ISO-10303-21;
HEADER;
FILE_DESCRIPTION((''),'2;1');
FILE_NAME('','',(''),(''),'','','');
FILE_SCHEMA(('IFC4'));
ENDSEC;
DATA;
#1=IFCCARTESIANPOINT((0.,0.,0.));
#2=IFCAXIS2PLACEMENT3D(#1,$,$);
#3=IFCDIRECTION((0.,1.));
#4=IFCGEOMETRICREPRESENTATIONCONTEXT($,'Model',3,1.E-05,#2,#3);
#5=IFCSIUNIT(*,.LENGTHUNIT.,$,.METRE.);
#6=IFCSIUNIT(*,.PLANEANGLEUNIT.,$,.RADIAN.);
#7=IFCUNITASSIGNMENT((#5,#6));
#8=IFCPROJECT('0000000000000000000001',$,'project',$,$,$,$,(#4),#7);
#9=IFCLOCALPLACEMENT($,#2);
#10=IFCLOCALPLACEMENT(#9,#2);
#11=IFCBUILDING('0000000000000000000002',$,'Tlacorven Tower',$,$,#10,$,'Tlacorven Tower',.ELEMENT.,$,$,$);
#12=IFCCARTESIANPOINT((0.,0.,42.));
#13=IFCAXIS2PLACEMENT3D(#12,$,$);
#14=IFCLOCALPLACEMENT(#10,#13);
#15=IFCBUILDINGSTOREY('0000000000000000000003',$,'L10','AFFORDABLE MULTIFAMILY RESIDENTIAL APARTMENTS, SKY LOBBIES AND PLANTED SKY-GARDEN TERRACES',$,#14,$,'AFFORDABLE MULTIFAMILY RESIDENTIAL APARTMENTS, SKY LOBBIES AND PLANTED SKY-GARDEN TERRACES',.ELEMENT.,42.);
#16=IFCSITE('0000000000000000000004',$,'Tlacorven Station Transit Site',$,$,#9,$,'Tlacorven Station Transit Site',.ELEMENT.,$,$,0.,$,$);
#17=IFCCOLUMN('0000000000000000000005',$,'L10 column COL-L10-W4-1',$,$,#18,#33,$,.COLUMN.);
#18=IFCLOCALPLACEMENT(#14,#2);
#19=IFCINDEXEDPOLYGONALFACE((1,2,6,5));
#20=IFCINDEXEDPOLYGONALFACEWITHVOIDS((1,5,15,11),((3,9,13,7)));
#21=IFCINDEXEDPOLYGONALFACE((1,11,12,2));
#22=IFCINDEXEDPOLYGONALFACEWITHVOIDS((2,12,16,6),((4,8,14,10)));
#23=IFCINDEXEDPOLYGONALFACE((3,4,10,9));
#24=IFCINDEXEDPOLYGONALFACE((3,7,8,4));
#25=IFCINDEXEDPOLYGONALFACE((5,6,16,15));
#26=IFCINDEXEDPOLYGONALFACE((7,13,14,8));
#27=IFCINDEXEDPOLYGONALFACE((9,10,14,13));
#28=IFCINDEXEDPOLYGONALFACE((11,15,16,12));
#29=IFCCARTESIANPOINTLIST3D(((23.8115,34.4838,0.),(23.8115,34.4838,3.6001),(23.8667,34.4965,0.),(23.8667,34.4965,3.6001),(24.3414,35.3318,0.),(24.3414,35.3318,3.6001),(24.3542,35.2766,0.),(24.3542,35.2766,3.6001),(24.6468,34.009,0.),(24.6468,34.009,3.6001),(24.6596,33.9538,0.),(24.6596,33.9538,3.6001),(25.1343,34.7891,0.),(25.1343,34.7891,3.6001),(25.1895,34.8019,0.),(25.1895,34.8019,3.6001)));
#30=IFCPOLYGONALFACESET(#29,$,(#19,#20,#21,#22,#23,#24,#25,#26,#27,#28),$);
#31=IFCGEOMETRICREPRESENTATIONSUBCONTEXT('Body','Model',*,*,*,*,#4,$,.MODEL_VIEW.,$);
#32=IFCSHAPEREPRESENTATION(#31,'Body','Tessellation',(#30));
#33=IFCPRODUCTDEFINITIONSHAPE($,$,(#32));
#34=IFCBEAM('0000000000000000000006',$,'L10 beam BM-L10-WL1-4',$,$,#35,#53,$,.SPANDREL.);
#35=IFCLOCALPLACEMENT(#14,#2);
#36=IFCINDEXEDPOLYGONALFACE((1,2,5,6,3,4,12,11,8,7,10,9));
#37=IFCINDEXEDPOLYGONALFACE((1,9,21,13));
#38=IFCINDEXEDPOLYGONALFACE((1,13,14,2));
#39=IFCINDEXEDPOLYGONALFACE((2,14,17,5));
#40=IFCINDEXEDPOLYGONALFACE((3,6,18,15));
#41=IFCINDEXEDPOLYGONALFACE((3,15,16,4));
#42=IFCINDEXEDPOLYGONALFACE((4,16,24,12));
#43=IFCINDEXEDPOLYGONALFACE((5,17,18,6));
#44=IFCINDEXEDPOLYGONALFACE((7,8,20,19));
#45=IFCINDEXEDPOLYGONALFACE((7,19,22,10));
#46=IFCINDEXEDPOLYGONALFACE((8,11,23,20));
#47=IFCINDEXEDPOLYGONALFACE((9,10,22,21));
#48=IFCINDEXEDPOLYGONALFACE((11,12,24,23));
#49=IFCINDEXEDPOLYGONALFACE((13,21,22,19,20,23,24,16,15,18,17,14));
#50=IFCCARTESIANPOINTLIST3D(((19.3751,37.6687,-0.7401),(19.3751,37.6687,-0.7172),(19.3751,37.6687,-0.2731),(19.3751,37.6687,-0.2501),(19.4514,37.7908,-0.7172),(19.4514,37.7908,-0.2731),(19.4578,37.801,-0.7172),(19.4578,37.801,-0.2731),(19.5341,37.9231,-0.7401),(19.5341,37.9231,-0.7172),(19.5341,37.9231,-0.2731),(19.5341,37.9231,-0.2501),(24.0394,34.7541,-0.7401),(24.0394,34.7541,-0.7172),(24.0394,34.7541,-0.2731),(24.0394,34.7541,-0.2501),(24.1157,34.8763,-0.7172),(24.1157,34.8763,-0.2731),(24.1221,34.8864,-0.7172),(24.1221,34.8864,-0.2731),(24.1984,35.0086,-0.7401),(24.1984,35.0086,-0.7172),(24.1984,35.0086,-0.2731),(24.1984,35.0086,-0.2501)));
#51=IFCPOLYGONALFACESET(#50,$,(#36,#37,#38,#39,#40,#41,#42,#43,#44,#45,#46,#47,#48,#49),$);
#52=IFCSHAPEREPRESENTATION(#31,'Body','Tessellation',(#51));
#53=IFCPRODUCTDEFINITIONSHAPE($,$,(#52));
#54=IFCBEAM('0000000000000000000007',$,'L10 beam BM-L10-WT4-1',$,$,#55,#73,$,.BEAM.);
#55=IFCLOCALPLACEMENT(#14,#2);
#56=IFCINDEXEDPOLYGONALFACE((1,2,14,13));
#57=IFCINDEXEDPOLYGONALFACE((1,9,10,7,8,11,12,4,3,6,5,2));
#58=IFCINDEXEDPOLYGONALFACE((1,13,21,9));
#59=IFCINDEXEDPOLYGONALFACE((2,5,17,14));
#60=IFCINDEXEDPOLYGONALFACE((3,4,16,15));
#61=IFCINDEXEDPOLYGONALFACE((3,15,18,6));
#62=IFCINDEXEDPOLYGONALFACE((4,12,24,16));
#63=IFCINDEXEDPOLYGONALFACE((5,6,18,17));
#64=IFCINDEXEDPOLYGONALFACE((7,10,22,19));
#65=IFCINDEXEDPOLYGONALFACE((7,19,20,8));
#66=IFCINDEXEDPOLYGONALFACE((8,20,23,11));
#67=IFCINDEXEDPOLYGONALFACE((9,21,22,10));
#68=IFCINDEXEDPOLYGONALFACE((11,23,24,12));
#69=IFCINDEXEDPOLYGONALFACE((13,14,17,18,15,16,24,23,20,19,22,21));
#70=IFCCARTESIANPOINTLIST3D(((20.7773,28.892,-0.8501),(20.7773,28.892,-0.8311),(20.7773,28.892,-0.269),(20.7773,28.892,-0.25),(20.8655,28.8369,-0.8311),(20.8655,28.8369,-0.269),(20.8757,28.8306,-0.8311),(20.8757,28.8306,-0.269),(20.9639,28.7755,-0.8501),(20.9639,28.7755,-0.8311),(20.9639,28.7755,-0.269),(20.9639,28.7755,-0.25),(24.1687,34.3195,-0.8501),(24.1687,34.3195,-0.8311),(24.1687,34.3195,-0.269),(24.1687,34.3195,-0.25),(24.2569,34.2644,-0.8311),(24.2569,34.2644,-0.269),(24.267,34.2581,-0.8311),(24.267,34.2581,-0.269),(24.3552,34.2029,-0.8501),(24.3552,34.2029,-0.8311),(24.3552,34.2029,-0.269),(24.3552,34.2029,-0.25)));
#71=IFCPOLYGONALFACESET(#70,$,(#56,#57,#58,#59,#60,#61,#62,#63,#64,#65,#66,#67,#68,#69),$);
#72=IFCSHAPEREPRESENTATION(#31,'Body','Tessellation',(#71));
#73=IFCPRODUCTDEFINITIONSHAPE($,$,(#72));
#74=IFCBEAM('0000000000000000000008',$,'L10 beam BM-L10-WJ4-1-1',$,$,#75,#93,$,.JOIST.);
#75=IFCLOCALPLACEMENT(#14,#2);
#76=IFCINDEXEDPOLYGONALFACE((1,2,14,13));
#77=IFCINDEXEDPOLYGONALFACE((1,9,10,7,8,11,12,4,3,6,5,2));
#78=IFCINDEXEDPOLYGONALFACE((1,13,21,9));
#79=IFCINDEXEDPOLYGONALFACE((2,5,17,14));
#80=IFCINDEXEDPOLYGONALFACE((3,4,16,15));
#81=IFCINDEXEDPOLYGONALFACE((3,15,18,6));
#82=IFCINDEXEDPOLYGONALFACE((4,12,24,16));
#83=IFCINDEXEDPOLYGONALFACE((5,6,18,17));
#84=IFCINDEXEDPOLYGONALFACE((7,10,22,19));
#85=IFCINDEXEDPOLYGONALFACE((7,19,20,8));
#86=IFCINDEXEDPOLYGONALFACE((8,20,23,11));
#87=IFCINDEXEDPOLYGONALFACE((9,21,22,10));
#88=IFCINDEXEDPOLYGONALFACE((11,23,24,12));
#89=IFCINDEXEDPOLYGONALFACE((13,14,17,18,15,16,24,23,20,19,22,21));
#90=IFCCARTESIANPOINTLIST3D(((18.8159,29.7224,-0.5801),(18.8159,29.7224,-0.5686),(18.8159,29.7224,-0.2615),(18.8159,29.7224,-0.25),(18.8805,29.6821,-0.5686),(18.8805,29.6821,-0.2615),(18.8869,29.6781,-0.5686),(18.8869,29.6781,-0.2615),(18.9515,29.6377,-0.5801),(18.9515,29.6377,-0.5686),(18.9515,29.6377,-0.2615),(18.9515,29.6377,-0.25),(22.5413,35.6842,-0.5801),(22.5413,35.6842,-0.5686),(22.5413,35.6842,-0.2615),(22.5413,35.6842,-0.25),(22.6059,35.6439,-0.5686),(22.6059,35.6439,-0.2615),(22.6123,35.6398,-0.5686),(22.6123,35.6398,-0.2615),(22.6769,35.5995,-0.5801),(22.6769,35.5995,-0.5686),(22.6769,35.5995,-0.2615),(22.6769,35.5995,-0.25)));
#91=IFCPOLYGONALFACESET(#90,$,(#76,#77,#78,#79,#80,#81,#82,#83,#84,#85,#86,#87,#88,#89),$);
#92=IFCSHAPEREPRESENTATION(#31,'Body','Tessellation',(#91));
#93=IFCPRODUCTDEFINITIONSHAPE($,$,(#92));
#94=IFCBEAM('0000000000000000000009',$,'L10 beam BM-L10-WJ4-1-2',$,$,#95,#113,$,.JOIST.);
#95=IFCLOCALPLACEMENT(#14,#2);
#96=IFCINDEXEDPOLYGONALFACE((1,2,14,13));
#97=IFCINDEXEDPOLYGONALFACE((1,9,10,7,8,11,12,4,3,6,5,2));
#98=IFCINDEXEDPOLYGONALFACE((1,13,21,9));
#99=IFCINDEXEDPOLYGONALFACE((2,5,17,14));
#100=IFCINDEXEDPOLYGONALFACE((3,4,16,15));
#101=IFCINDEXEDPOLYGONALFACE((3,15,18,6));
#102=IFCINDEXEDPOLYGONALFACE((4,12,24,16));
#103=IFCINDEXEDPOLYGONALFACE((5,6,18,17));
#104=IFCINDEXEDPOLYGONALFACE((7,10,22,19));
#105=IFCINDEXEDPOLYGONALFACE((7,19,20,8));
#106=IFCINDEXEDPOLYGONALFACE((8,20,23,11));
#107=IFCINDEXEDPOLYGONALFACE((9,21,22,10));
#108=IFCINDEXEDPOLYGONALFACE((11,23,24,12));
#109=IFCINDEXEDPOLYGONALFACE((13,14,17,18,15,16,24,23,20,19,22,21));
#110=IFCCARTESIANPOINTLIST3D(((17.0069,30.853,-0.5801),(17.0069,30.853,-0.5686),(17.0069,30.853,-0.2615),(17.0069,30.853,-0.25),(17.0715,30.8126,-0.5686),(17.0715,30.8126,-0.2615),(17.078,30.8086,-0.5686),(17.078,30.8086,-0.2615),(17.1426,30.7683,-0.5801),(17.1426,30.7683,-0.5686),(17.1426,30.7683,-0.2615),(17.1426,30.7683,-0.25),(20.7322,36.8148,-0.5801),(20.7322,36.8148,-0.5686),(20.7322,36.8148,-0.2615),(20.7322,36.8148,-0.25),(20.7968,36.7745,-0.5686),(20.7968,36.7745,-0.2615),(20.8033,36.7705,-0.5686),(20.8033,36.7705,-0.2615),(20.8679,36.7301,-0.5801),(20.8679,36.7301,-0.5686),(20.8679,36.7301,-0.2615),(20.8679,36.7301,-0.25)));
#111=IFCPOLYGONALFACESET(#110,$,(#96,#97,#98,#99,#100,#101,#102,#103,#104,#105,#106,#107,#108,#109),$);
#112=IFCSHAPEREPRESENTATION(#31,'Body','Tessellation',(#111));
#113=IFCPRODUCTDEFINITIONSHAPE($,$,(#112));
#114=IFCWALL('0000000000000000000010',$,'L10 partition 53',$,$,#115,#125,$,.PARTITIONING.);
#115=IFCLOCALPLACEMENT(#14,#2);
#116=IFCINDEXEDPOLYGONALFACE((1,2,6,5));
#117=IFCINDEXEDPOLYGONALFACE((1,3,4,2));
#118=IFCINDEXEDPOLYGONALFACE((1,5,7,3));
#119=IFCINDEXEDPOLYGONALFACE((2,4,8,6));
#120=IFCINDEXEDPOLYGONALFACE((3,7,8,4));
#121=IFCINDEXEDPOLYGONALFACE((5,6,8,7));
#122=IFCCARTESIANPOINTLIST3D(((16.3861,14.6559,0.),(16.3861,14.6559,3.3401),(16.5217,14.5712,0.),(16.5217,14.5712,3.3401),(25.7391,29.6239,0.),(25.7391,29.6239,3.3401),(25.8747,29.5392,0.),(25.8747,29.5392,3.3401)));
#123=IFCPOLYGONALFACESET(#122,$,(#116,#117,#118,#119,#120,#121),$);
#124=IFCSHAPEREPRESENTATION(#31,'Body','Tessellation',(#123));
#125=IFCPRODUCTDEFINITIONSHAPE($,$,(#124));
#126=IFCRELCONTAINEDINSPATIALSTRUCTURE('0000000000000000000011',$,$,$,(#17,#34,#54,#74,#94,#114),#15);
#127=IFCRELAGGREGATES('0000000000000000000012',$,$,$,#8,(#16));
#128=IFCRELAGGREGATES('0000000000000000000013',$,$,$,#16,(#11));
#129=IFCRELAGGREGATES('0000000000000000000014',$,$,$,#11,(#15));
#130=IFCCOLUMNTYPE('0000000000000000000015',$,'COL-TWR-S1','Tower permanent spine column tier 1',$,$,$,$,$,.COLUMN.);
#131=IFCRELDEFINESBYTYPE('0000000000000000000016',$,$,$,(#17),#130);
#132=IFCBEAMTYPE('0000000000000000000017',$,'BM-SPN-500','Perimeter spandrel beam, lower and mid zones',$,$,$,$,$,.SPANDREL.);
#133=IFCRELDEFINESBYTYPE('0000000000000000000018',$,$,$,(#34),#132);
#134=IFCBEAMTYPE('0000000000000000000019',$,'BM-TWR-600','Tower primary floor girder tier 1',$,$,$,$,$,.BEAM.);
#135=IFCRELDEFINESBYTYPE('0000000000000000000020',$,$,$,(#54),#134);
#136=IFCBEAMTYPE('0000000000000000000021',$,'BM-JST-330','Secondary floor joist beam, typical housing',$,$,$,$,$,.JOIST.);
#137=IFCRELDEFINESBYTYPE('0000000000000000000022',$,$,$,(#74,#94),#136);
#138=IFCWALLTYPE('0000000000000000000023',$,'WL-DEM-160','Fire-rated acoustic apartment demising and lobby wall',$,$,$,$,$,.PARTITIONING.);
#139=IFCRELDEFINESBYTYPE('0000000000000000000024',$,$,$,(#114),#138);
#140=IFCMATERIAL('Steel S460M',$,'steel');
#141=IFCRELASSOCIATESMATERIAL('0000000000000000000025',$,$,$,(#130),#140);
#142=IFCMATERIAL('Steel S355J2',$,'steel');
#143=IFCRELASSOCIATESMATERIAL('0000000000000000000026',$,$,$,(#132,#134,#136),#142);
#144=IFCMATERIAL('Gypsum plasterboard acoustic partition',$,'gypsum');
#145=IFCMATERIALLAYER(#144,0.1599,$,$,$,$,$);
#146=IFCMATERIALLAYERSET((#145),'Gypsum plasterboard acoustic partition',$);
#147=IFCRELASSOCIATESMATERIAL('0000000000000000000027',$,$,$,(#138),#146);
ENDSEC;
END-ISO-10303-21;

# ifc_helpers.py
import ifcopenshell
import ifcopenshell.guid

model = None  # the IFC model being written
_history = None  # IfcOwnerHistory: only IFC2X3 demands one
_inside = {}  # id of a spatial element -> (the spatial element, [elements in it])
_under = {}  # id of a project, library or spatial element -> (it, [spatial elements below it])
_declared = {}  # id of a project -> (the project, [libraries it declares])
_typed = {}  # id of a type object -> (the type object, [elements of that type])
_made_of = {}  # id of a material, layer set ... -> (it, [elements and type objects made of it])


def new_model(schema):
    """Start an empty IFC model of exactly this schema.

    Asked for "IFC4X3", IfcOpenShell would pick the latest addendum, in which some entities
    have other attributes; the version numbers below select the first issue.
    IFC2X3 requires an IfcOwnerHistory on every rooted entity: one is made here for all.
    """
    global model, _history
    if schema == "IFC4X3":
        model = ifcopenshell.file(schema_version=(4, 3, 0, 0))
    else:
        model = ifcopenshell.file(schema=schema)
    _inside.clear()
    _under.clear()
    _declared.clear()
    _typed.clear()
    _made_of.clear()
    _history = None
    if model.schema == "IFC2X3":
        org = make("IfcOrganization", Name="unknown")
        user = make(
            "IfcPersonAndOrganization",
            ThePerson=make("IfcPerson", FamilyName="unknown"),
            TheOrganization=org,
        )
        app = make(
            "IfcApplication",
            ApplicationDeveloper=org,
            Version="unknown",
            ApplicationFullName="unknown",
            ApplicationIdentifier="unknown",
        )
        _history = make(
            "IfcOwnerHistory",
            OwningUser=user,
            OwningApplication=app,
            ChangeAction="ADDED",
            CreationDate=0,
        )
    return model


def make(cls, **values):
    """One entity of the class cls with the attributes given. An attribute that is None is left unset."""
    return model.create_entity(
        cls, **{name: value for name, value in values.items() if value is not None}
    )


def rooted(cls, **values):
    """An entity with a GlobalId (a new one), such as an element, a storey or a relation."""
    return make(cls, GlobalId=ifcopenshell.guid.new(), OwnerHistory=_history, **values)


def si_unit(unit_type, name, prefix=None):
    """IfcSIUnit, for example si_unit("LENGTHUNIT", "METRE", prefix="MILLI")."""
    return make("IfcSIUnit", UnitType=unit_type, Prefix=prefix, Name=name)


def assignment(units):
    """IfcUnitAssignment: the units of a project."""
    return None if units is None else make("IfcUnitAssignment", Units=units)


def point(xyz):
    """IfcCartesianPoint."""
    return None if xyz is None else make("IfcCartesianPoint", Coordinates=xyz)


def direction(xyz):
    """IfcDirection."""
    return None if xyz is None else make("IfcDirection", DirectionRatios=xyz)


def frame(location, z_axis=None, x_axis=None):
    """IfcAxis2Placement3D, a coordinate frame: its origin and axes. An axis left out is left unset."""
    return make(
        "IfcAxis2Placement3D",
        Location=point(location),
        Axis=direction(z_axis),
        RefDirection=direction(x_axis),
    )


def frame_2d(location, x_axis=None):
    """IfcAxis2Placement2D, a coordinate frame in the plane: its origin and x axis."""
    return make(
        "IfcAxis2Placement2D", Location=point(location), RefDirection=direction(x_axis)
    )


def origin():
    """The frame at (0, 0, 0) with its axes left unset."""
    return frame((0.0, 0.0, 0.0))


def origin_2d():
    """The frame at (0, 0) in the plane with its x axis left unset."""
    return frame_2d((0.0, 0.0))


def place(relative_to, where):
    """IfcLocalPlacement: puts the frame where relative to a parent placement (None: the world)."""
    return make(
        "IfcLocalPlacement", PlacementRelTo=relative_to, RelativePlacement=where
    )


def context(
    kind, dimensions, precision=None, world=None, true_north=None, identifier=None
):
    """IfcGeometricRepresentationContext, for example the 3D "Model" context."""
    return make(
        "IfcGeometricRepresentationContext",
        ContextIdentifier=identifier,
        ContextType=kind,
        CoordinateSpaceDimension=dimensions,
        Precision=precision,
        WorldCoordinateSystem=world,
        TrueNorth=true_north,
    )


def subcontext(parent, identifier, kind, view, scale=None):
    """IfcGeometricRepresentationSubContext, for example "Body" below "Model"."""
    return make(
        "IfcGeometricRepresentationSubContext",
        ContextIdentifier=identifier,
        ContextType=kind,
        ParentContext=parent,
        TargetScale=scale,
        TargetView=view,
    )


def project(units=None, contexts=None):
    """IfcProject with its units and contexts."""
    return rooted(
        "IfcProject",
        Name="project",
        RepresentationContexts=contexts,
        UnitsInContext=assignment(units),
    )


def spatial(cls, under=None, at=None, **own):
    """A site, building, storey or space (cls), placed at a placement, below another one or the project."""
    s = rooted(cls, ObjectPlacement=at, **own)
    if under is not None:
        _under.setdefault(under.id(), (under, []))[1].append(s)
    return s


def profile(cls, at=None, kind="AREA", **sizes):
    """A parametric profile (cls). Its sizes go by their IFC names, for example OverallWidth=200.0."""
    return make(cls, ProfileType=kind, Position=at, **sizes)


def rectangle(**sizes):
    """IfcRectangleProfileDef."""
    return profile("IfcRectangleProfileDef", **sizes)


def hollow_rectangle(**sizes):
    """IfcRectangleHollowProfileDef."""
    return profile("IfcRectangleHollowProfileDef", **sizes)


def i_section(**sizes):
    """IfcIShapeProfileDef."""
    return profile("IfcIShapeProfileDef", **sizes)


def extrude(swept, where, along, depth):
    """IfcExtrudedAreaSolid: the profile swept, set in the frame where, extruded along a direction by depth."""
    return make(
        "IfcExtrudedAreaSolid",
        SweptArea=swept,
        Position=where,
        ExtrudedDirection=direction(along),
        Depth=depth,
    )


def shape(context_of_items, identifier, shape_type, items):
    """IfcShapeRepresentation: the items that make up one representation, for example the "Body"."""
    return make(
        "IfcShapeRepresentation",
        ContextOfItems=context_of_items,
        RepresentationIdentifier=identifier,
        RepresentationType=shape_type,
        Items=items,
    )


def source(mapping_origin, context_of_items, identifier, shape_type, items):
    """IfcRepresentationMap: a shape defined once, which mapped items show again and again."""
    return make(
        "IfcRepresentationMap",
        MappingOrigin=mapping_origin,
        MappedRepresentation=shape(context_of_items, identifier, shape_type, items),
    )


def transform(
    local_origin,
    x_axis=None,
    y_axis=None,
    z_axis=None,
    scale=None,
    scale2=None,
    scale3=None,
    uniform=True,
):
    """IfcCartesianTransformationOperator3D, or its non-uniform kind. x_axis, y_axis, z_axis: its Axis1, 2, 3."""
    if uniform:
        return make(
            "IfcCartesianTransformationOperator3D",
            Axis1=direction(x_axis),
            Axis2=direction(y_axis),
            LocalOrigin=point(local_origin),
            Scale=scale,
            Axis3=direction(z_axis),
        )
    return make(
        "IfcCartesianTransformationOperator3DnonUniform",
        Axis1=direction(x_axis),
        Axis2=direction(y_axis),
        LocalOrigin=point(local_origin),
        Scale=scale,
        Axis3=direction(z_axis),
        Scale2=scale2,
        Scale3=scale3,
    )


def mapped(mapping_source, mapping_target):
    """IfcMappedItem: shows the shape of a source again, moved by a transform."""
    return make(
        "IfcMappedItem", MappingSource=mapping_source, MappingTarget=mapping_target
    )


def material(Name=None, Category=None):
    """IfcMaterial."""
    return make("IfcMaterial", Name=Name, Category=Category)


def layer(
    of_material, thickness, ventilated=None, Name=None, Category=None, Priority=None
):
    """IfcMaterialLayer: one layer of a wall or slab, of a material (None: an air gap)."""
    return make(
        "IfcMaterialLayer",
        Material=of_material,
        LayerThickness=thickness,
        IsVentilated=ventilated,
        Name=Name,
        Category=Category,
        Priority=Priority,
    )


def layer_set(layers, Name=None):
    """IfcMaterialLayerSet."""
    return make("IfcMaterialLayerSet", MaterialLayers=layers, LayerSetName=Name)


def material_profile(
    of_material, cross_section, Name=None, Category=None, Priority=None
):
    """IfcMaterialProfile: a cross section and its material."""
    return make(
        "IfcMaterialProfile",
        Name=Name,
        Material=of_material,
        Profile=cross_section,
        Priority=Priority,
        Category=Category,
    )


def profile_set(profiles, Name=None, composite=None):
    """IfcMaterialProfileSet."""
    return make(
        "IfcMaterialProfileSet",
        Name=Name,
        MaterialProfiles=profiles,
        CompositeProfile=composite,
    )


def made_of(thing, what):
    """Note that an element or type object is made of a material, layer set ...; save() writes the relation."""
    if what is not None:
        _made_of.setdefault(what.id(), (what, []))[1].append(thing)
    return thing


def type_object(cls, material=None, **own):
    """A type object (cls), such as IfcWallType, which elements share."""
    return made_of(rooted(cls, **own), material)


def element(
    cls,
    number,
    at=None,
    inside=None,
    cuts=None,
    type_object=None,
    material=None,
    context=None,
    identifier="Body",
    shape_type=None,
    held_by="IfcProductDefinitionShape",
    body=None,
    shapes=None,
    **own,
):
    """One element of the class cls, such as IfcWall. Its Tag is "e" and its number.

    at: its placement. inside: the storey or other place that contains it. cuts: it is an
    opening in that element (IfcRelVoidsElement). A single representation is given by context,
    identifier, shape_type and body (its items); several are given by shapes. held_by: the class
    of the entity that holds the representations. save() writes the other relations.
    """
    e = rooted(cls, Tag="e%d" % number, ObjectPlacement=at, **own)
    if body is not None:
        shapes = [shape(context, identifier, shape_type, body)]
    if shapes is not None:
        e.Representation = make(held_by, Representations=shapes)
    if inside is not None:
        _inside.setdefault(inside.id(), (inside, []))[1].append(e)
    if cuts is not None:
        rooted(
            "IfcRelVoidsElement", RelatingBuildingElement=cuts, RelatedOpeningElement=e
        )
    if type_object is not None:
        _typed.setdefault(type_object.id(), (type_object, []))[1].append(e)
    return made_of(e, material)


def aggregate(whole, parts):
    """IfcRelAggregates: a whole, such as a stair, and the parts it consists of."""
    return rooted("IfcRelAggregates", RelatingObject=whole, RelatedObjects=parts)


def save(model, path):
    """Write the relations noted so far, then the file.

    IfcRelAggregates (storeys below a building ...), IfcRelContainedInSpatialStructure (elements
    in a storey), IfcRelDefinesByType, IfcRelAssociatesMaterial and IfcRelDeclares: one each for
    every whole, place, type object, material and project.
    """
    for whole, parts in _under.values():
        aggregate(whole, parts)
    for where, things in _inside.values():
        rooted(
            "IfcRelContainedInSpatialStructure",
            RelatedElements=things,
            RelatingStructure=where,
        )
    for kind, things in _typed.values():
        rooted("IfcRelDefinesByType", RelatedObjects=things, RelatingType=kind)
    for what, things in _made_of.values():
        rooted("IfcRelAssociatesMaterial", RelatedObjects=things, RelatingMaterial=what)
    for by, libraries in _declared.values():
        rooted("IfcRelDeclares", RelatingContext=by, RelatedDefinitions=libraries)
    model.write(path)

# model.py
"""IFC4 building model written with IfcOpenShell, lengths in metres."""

from ifc_helpers import new_model, si_unit, direction, frame, frame_2d, origin, origin_2d, place, context, subcontext, project, spatial, rectangle, hollow_rectangle, i_section, extrude, source, transform, mapped, material, layer, layer_set, material_profile, profile_set, type_object, element, save


model = new_model("IFC4")

# Units and contexts
model_context = context("Model", 3, precision=1e-05, world=origin(), true_north=direction((0.0, 1.0)))
body_context = subcontext(model_context, "Body", "Model", "MODEL_VIEW")
ifc_project = project(units=[si_unit("LENGTHUNIT", "METRE"), si_unit("PLANEANGLEUNIT", "RADIAN")], contexts=[model_context])

# Site, building, storey
site_placement = place(None, origin())
site = spatial("IfcSite", under=ifc_project, at=site_placement, Name="Tlacorven Station Transit Site", LongName="Tlacorven Station Transit Site", CompositionType="ELEMENT", RefElevation=0.0)
building_placement = place(site_placement, origin())
building = spatial("IfcBuilding", under=site, at=building_placement, Name="Tlacorven Tower", LongName="Tlacorven Tower", CompositionType="ELEMENT")
storey_placement = place(building_placement, frame((0.0, 0.0, 42.0)))
storey = spatial("IfcBuildingStorey", under=building, at=storey_placement, Name="L10", Description="AFFORDABLE MULTIFAMILY RESIDENTIAL APARTMENTS, SKY LOBBIES AND PLANTED SKY-GARDEN TERRACES", LongName="AFFORDABLE MULTIFAMILY RESIDENTIAL APARTMENTS, SKY LOBBIES AND PLANTED SKY-GARDEN TERRACES", CompositionType="ELEMENT", Elevation=42.0)

# Column
ifc_material_1 = material(Name="Steel S460M", Category="steel")
ifc_material_profile_1 = material_profile(ifc_material_1, hollow_rectangle(XDim=1.0, YDim=1.0, WallThickness=0.04, at=origin_2d()), Name="BOX 1000X1000X40")
ifc_profile_set_1 = profile_set([ifc_material_profile_1], Name="Steel S460M")
column_type = type_object("IfcColumnType", Name="COL-TWR-S1", Description="Tower permanent spine column tier 1", PredefinedType="COLUMN", material=ifc_profile_set_1)
shared_shape_1 = source(origin(), body_context, "Body", "SweptSolid", [
    extrude(hollow_rectangle(XDim=1.0, YDim=1.0, WallThickness=0.04, at=origin_2d()), origin(), (0.0, 0.0, 1.0), 3.6001),
])
column_placement = place(storey_placement, frame((24.5005, 34.6428, 0.0), z_axis=(0.0, 0.0, 1.0), x_axis=(-0.848048, 0.529919, 0.0)))
element("IfcColumn", 1, at=column_placement, inside=storey, type_object=column_type, Name="L10 column COL-L10-W4-1", PredefinedType="COLUMN", context=body_context, shape_type="MappedRepresentation", body=[
    mapped(shared_shape_1, transform((0.0, 0.0, 0.0), scale=1.0)),
])

# Beams
ifc_material_2 = material(Name="Steel S355J2", Category="steel")
ifc_material_profile_2 = material_profile(ifc_material_2, i_section(OverallWidth=0.3, OverallDepth=0.49, WebThickness=0.012, FlangeThickness=0.0229, at=origin_2d()), Name="HEA 500")
ifc_profile_set_2 = profile_set([ifc_material_profile_2], Name="Steel S355J2")
beam_type_1 = type_object("IfcBeamType", Name="BM-SPN-500", Description="Perimeter spandrel beam, lower and mid zones", PredefinedType="SPANDREL", material=ifc_profile_set_2)
shared_shape_2 = source(origin(), body_context, "Body", "SweptSolid", [
    extrude(i_section(OverallWidth=0.3, OverallDepth=0.49, WebThickness=0.012, FlangeThickness=0.0229, at=origin_2d()), origin(), (0.0, 0.0, 1.0), 5.5),
])
beam_1_placement = place(storey_placement, frame((24.1189, 34.8813, -0.4951), z_axis=(-0.848051, 0.529915, 0.0), x_axis=(-0.529915, -0.848051, 0.0)))
element("IfcBeam", 2, at=beam_1_placement, inside=storey, type_object=beam_type_1, Name="L10 beam BM-L10-WL1-4", PredefinedType="SPANDREL", context=body_context, shape_type="MappedRepresentation", body=[
    mapped(shared_shape_2, transform((0.0, 0.0, 0.0), scale=1.0)),
])
ifc_material_profile_3 = material_profile(ifc_material_2, i_section(OverallWidth=0.22, OverallDepth=0.6001, WebThickness=0.012, FlangeThickness=0.019, at=origin_2d()), Name="IPE 600")
ifc_profile_set_3 = profile_set([ifc_material_profile_3], Name="Steel S355J2")
beam_type_2 = type_object("IfcBeamType", Name="BM-TWR-600", Description="Tower primary floor girder tier 1", PredefinedType="BEAM", material=ifc_profile_set_3)
shared_shape_3 = source(origin(), body_context, "Body", "SweptSolid", [
    extrude(i_section(OverallWidth=0.22, OverallDepth=0.6001, WebThickness=0.012, FlangeThickness=0.019, at=origin_2d()), origin(), (0.0, 0.0, 1.0), 6.3999),
])
beam_2_placement = place(storey_placement, frame((24.262, 34.2612, -0.55), z_axis=(-0.529906, -0.848056, 0.0), x_axis=(0.848056, -0.529906, 0.0)))
element("IfcBeam", 3, at=beam_2_placement, inside=storey, type_object=beam_type_2, Name="L10 beam BM-L10-WT4-1", PredefinedType="BEAM", context=body_context, shape_type="MappedRepresentation", body=[
    mapped(shared_shape_3, transform((0.0, 0.0, 0.0), scale=1.0)),
])
ifc_material_profile_4 = material_profile(ifc_material_2, i_section(OverallWidth=0.1599, OverallDepth=0.3301, WebThickness=0.0076, FlangeThickness=0.0115, at=origin_2d()), Name="IPE 330")
ifc_profile_set_4 = profile_set([ifc_material_profile_4], Name="Steel S355J2")
beam_type_3 = type_object("IfcBeamType", Name="BM-JST-330", Description="Secondary floor joist beam, typical housing", PredefinedType="JOIST", material=ifc_profile_set_4)
shared_shape_4 = source(origin(), body_context, "Body", "SweptSolid", [
    extrude(i_section(OverallWidth=0.1599, OverallDepth=0.3301, WebThickness=0.0076, FlangeThickness=0.0115, at=origin_2d()), origin(), (0.0, 0.0, 1.0), 7.03),
])
for number, where, z_axis, x_axis, name in (
    (4, (22.6091, 35.6418, -0.415), (-0.529927, -0.848043, 0.0), (0.848043, -0.529927, 0.0), "L10 beam BM-L10-WJ4-1-1"),
    (5, (20.8, 36.7725, -0.415), (-0.529912, -0.848053, 0.0), (0.848053, -0.529912, 0.0), "L10 beam BM-L10-WJ4-1-2"),
):
    element("IfcBeam", number, at=place(storey_placement, frame(where, z_axis=z_axis, x_axis=x_axis)), inside=storey, type_object=beam_type_3, Name=name, PredefinedType="JOIST", context=body_context, shape_type="MappedRepresentation", body=[
        mapped(shared_shape_4, transform((0.0, 0.0, 0.0), scale=1.0)),
    ])

# Wall
ifc_material_3 = material(Name="Gypsum plasterboard acoustic partition", Category="gypsum")
ifc_layer_1 = layer(ifc_material_3, 0.1599)
ifc_layer_set_1 = layer_set([ifc_layer_1], Name="Gypsum plasterboard acoustic partition")
wall_type_1 = type_object("IfcWallType", Name="WL-DEM-160", Description="Fire-rated acoustic apartment demising and lobby wall", PredefinedType="PARTITIONING", material=ifc_layer_set_1)
wall_1_placement = place(storey_placement, frame((25.8069, 29.5815, 0.0), z_axis=(0.0, 0.0, 1.0), x_axis=(-0.529918, -0.848049, 0.0)))
element("IfcWall", 6, at=wall_1_placement, inside=storey, type_object=wall_type_1, Name="L10 partition 53", PredefinedType="PARTITIONING", context=body_context, shape_type="SweptSolid", body=[
    extrude(rectangle(XDim=17.6499, YDim=0.1599, at=frame_2d((8.825, 0.0))), origin(), (0.0, 0.0, 1.0), 3.3401),
])

save(model, "model.ifc")
